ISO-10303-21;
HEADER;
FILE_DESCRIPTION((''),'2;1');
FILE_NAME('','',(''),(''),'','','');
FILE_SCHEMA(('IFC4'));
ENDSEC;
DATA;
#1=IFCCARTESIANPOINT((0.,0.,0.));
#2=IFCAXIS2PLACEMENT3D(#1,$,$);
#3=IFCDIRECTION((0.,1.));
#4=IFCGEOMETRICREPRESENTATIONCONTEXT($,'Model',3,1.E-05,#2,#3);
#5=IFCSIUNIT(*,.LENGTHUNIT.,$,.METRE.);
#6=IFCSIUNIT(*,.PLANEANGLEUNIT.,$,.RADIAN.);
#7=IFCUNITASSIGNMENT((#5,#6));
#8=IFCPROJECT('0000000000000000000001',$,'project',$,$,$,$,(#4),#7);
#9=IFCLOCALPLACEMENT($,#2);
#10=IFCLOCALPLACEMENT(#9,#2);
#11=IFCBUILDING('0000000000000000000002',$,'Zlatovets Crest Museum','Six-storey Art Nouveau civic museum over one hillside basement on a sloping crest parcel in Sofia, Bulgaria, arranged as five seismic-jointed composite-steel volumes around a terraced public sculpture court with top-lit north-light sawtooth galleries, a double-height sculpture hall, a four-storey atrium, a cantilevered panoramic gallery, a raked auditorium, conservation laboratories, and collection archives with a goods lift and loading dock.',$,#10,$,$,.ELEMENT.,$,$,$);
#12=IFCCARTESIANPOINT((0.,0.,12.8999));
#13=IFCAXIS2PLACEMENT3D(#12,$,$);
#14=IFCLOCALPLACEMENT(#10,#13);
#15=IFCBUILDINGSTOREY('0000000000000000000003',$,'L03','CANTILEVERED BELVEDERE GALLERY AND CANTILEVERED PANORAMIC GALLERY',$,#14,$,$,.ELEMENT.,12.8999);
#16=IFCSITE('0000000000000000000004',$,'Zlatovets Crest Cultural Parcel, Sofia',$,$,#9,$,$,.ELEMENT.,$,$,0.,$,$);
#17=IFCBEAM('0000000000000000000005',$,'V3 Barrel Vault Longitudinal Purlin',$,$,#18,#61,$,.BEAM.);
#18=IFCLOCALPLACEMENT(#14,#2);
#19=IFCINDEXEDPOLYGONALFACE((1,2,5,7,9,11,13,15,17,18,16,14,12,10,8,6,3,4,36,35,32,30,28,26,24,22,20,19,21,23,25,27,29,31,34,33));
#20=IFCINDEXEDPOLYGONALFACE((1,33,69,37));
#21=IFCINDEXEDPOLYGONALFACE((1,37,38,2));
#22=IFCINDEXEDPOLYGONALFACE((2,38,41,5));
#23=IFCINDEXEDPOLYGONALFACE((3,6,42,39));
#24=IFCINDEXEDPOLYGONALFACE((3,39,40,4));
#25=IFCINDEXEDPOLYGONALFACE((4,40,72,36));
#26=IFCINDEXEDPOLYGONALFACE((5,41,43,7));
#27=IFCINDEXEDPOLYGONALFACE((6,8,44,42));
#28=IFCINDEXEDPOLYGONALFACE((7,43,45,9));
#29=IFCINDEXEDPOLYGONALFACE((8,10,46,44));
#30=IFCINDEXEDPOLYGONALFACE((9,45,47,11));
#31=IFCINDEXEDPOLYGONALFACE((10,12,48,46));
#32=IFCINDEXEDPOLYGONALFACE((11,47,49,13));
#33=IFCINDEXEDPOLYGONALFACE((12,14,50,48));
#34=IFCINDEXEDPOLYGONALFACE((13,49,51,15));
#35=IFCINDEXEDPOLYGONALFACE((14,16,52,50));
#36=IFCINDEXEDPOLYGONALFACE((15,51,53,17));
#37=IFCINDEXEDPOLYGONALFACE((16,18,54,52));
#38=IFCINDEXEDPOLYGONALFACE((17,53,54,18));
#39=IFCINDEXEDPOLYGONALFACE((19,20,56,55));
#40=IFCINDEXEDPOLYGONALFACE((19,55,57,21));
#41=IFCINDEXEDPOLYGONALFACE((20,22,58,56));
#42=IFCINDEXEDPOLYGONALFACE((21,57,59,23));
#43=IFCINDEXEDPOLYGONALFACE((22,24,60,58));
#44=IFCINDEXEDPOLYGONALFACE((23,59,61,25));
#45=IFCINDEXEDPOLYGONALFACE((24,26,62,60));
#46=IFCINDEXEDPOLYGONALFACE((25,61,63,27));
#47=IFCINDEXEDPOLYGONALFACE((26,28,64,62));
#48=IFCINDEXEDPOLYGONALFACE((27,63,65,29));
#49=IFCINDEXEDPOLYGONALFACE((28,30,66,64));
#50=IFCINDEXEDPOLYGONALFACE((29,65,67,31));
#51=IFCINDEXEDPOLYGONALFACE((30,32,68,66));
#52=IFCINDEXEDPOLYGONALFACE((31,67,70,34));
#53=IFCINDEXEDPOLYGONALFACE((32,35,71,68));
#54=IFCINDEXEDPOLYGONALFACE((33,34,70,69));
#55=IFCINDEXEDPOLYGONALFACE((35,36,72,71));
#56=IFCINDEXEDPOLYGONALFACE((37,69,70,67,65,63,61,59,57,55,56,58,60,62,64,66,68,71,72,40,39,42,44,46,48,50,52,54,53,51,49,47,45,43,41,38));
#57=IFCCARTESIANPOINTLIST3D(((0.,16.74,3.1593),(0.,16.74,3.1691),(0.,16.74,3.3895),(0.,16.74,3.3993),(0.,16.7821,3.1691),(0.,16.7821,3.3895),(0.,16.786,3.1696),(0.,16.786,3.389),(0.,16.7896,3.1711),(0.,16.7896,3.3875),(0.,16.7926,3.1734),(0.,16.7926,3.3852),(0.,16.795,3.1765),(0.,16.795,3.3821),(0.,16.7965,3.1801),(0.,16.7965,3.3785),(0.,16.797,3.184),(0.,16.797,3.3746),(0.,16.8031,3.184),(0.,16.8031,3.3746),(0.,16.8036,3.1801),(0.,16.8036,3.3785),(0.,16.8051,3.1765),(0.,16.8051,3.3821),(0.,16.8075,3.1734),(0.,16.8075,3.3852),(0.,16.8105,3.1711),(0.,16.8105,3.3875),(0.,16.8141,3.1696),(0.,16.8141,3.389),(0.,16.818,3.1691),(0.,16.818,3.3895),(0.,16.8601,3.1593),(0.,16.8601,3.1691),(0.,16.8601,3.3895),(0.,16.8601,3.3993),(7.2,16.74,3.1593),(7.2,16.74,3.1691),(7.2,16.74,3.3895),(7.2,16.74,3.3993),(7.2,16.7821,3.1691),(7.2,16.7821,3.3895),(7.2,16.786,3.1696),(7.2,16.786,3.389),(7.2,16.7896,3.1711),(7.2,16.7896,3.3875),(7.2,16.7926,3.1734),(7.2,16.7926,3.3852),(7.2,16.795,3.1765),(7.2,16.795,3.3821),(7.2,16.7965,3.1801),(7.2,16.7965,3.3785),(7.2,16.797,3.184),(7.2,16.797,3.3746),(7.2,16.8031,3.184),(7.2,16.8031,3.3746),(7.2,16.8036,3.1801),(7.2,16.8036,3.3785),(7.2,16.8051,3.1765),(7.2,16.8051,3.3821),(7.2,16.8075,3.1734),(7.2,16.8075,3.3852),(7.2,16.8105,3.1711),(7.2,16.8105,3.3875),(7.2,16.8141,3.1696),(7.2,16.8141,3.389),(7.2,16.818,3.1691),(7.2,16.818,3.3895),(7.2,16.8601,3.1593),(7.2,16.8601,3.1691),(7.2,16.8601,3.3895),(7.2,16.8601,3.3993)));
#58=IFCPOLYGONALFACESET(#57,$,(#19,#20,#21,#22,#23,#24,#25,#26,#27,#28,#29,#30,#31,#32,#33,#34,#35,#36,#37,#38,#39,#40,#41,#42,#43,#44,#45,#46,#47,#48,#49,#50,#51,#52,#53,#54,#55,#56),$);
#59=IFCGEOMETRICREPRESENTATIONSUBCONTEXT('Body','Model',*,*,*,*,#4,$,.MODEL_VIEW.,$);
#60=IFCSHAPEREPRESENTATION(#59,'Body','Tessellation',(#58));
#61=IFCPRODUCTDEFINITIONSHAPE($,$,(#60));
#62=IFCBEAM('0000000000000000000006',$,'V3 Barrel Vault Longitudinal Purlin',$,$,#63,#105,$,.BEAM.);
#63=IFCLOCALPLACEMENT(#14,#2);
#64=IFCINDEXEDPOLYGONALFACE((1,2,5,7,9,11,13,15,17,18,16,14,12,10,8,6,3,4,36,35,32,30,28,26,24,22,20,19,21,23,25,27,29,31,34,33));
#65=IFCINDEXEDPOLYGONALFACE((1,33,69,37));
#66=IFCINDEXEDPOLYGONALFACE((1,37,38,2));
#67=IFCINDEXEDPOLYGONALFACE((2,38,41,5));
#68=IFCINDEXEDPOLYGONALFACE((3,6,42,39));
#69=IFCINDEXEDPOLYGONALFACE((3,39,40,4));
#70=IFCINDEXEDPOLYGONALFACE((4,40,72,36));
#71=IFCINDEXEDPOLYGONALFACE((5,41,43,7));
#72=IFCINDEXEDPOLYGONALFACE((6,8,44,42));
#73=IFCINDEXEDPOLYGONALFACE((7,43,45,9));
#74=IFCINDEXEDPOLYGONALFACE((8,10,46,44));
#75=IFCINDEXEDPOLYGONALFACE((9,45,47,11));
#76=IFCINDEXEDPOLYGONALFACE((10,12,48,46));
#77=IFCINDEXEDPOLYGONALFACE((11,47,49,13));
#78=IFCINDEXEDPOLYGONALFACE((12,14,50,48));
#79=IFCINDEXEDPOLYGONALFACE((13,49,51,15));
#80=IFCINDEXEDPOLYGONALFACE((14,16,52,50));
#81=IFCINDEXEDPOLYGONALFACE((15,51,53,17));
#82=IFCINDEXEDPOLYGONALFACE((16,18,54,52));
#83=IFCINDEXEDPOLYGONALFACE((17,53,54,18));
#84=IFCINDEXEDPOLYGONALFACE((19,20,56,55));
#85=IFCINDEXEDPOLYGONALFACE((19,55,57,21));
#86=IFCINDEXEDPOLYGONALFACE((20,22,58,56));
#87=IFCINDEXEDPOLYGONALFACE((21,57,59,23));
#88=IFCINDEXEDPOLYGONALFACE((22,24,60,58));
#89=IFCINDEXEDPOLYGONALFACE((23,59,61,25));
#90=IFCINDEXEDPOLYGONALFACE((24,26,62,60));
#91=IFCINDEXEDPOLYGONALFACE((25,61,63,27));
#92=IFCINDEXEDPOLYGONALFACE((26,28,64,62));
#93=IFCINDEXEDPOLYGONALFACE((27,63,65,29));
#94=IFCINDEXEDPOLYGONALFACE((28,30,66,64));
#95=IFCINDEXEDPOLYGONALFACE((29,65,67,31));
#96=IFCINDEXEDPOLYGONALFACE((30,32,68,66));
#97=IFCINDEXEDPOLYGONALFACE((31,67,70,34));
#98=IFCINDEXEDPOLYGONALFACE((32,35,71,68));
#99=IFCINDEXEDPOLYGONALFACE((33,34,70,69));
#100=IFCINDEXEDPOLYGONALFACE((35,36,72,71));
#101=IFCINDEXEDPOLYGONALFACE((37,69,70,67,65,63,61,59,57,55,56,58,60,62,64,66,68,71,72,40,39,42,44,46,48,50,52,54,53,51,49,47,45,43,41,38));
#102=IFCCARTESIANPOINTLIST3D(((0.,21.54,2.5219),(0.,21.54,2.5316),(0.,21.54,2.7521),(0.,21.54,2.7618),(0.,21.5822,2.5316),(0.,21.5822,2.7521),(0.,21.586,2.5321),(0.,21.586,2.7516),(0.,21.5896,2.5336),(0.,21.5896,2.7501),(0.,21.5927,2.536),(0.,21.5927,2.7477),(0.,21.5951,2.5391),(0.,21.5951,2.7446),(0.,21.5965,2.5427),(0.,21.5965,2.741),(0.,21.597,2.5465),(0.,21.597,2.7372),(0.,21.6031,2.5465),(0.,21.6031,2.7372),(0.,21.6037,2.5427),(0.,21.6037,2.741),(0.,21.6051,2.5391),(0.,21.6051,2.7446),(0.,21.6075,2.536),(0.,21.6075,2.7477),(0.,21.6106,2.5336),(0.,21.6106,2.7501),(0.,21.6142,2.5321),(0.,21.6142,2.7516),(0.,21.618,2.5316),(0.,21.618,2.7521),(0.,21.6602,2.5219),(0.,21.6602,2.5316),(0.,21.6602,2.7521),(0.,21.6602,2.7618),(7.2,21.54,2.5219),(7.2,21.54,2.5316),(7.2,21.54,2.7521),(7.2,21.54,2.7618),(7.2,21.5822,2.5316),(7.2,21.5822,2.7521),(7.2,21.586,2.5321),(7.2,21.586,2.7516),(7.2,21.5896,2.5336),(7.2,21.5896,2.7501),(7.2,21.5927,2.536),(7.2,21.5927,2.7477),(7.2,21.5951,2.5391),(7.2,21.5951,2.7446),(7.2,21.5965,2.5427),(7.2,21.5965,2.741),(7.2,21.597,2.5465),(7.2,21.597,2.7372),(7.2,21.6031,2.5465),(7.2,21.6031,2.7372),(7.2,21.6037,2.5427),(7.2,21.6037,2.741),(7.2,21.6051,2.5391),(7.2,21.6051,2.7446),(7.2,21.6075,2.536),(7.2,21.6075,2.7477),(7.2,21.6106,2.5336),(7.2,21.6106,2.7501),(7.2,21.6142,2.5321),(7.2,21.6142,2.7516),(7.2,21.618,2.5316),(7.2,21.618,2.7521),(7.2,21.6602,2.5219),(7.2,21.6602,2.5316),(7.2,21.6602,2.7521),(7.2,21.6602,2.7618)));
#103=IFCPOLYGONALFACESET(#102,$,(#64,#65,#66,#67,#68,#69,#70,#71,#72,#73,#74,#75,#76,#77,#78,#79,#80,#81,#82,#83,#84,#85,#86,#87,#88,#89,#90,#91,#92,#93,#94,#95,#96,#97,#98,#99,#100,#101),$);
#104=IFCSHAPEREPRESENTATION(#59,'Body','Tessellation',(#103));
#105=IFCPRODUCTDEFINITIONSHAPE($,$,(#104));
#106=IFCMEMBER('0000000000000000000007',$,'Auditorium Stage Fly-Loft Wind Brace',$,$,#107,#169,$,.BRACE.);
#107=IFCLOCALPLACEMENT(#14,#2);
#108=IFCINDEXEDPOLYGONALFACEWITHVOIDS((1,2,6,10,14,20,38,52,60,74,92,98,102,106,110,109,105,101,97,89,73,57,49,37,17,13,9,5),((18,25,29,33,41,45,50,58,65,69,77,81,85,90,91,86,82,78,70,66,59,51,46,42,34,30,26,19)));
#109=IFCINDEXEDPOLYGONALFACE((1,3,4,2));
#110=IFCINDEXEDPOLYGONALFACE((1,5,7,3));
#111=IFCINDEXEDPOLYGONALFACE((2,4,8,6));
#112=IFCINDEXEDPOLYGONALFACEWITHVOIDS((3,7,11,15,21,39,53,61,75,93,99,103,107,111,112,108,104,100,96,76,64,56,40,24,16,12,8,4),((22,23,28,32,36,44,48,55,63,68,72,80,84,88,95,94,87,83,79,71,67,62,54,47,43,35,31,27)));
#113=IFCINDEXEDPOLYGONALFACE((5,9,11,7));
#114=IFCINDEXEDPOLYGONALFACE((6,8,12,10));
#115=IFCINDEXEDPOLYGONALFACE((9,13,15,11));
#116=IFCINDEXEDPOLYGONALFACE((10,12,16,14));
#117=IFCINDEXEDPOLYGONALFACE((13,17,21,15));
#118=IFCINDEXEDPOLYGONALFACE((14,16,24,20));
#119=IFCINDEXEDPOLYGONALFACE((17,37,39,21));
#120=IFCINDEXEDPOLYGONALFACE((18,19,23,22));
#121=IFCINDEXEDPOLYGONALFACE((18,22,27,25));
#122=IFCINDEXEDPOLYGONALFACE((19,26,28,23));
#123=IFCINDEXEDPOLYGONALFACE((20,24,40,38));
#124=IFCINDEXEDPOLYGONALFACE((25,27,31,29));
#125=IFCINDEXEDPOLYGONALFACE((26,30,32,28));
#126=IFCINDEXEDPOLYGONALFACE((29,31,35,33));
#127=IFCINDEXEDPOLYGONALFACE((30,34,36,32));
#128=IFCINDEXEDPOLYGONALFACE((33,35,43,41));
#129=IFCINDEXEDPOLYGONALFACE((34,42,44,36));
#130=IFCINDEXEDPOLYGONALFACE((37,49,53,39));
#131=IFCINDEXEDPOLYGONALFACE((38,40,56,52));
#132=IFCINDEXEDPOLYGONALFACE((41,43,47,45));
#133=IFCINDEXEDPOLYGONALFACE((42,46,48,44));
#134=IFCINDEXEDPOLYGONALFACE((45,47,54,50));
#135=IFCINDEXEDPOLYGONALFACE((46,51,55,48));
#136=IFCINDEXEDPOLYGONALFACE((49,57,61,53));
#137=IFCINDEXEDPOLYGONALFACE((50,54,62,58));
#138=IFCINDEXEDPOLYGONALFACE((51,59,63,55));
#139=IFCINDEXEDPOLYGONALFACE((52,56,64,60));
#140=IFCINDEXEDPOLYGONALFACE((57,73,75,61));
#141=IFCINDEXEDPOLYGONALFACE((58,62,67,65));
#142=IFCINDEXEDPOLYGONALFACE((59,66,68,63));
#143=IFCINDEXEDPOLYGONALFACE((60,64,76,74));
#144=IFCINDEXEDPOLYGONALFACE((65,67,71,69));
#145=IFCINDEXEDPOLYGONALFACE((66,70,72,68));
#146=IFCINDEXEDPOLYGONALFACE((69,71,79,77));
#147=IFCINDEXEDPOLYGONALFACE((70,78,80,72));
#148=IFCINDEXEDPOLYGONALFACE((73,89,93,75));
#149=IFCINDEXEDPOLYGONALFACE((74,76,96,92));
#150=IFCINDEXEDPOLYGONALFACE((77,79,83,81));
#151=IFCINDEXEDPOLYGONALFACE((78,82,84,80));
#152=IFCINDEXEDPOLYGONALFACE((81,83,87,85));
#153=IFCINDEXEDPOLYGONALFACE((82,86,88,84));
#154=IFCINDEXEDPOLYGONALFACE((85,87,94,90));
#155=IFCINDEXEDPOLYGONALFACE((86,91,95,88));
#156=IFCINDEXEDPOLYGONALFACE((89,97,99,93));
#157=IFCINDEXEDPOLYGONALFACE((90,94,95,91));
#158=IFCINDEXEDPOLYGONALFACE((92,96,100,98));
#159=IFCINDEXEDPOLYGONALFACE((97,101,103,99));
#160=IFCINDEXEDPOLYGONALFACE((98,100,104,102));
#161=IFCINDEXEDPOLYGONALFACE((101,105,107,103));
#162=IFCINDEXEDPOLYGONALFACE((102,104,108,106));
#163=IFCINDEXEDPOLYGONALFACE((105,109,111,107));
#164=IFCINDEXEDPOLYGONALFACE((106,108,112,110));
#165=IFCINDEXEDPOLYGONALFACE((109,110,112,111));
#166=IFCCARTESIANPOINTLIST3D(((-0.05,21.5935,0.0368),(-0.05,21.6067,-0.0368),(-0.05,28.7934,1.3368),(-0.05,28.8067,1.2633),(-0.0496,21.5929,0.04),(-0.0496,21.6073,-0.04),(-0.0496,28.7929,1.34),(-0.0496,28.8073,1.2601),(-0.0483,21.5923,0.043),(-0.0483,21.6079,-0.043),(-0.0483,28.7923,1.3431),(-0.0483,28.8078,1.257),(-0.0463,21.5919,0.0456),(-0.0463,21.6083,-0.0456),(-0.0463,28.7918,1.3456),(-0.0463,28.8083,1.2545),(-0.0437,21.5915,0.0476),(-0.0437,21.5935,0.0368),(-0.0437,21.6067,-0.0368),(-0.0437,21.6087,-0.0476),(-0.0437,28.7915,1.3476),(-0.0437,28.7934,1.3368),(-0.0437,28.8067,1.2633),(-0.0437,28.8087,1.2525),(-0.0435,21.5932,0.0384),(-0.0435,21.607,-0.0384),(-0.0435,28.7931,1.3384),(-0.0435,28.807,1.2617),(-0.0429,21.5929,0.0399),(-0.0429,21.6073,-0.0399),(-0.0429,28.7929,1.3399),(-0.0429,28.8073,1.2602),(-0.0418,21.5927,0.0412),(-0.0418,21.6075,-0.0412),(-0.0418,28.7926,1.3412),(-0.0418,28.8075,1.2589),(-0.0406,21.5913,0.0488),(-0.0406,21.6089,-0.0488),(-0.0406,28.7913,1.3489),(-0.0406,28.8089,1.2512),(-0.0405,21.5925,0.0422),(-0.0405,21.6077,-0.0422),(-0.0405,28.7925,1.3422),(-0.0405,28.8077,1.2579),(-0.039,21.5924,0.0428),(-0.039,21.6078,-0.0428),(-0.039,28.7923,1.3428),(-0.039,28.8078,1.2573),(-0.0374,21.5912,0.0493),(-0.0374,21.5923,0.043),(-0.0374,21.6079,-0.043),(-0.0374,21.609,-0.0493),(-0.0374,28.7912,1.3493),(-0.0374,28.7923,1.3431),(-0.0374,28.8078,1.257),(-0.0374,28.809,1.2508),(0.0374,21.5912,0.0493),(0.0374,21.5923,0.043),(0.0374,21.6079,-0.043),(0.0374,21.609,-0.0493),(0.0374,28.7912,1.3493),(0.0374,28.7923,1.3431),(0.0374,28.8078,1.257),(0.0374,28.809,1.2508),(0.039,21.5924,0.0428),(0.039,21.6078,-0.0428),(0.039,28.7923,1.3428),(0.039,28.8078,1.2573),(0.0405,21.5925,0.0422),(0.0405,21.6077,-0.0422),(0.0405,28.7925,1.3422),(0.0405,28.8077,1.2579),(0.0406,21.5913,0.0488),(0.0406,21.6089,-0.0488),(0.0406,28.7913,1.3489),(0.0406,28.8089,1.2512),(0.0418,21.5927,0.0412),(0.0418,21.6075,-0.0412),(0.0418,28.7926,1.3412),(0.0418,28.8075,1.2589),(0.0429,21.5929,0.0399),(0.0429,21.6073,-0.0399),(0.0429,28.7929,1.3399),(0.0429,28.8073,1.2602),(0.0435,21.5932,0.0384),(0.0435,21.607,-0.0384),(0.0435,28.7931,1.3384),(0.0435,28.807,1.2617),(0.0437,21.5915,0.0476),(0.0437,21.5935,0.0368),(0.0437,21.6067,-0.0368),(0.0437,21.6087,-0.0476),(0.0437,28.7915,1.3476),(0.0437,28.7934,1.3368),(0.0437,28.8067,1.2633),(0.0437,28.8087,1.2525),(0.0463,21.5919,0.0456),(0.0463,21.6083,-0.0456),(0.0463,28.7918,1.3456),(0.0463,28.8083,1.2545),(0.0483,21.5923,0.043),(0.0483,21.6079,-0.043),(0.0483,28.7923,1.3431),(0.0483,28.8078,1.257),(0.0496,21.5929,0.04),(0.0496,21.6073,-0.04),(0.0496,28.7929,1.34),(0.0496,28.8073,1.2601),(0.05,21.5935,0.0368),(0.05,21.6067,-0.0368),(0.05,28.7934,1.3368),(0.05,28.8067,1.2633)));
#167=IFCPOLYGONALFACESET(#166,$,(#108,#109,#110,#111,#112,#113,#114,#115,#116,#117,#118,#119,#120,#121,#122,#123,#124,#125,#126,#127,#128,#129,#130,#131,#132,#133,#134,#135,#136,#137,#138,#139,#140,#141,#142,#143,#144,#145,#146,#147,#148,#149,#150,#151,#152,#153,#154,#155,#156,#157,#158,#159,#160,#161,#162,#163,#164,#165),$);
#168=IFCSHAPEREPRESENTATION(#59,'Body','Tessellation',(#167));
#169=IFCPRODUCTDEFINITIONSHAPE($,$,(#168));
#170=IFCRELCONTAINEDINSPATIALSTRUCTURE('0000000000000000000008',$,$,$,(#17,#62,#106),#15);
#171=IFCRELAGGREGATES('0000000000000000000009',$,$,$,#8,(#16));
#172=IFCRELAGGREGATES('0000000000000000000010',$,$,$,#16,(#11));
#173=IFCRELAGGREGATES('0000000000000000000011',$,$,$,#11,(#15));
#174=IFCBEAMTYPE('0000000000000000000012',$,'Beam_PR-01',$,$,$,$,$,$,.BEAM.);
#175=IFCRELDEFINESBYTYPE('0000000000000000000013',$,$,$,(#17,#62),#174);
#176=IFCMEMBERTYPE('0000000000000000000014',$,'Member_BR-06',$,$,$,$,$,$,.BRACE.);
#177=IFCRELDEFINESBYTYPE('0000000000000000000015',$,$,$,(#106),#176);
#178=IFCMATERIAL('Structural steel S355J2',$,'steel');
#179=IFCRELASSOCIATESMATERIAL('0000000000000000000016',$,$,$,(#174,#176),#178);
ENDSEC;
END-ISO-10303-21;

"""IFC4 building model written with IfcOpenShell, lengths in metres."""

from ifc_helpers import new_model, si_unit, direction, frame, origin, origin_2d, place, context, subcontext, project, spatial, hollow_rectangle, i_section, extrude, material, material_profile, profile_set, type_object, element, save


model = new_model("IFC4")

# Units and contexts
model_context = context("Model", 3, precision=1e-05, world=origin(), true_north=direction((0.0, 1.0)))
body_context = subcontext(model_context, "Body", "Model", "MODEL_VIEW")
ifc_project = project(units=[si_unit("LENGTHUNIT", "METRE"), si_unit("PLANEANGLEUNIT", "RADIAN")], contexts=[model_context])

# Site, building, storey
site_placement = place(None, origin())
site = spatial("IfcSite", under=ifc_project, at=site_placement, Name="Zlatovets Crest Cultural Parcel, Sofia", CompositionType="ELEMENT", RefElevation=0.0)
building_placement = place(site_placement, origin())
building = spatial("IfcBuilding", under=site, at=building_placement, Name="Zlatovets Crest Museum", Description="Six-storey Art Nouveau civic museum over one hillside basement on a sloping crest parcel in Sofia, Bulgaria, arranged as five seismic-jointed composite-steel volumes around a terraced public sculpture court with top-lit north-light sawtooth galleries, a double-height sculpture hall, a four-storey atrium, a cantilevered panoramic gallery, a raked auditorium, conservation laboratories, and collection archives with a goods lift and loading dock.", CompositionType="ELEMENT")
storey_placement = place(building_placement, frame((0.0, 0.0, 12.8999)))
storey = spatial("IfcBuildingStorey", under=building, at=storey_placement, Name="L03", Description="CANTILEVERED BELVEDERE GALLERY AND CANTILEVERED PANORAMIC GALLERY", CompositionType="ELEMENT", Elevation=12.8999)

# Shared definitions
ifc_material_1 = material(Name="Structural steel S355J2", Category="steel")

# Beams
ifc_material_profile_1 = material_profile(ifc_material_1, i_section(OverallWidth=0.1201, OverallDepth=0.24, WebThickness=0.0061, FlangeThickness=0.0098, FilletRadius=0.0149, at=origin_2d()), Name="IPE 240")
ifc_profile_set_1 = profile_set([ifc_material_profile_1], Name="Structural steel S355J2")
beam_type_1 = type_object("IfcBeamType", Name="Beam_PR-01", PredefinedType="BEAM", material=ifc_profile_set_1)
for number, where, z_axis, x_axis, name in (
    (1, (0.0, 16.8, 3.2793), (1.0, 0.0, 0.0), (0.0, 1.0, 0.0), "V3 Barrel Vault Longitudinal Purlin"),
    (2, (0.0, 21.6001, 2.6418), (1.0, 0.0, 0.0), (0.0, 1.0, 0.0), "V3 Barrel Vault Longitudinal Purlin"),
):
    element("IfcBeam", number, at=place(storey_placement, frame(where, z_axis=z_axis, x_axis=x_axis)), inside=storey, type_object=beam_type_1, Name=name, PredefinedType="BEAM", context=body_context, shape_type="SweptSolid", body=[
        extrude(i_section(OverallWidth=0.1201, OverallDepth=0.24, WebThickness=0.0061, FlangeThickness=0.0098, FilletRadius=0.0149, at=origin_2d()), origin(), (0.0, 0.0, 1.0), 7.2),
    ])

# Member
ifc_material_profile_2 = material_profile(ifc_material_1, hollow_rectangle(XDim=0.1001, YDim=0.1001, WallThickness=0.0063, InnerFilletRadius=0.0063, OuterFilletRadius=0.0127, at=origin_2d()), Name="SHS 100x100x6.3")
ifc_profile_set_2 = profile_set([ifc_material_profile_2], Name="Structural steel S355J2")
member_type_1 = type_object("IfcMemberType", Name="Member_BR-06", PredefinedType="BRACE", material=ifc_profile_set_2)
member_1_placement = place(storey_placement, frame((0.0, 21.6001, 0.0), z_axis=(0.0, 0.984086, 0.17769), x_axis=(-1.0, 0.0, 0.0)))
element("IfcMember", 3, at=member_1_placement, inside=storey, type_object=member_type_1, Name="Auditorium Stage Fly-Loft Wind Brace", PredefinedType="BRACE", context=body_context, shape_type="SweptSolid", body=[
    extrude(hollow_rectangle(XDim=0.1001, YDim=0.1001, WallThickness=0.0063, InnerFilletRadius=0.0063, OuterFilletRadius=0.0127, at=origin_2d()), origin(), (0.0, 0.0, 1.0), 7.3164),
])

save(model, "model.ifc")
